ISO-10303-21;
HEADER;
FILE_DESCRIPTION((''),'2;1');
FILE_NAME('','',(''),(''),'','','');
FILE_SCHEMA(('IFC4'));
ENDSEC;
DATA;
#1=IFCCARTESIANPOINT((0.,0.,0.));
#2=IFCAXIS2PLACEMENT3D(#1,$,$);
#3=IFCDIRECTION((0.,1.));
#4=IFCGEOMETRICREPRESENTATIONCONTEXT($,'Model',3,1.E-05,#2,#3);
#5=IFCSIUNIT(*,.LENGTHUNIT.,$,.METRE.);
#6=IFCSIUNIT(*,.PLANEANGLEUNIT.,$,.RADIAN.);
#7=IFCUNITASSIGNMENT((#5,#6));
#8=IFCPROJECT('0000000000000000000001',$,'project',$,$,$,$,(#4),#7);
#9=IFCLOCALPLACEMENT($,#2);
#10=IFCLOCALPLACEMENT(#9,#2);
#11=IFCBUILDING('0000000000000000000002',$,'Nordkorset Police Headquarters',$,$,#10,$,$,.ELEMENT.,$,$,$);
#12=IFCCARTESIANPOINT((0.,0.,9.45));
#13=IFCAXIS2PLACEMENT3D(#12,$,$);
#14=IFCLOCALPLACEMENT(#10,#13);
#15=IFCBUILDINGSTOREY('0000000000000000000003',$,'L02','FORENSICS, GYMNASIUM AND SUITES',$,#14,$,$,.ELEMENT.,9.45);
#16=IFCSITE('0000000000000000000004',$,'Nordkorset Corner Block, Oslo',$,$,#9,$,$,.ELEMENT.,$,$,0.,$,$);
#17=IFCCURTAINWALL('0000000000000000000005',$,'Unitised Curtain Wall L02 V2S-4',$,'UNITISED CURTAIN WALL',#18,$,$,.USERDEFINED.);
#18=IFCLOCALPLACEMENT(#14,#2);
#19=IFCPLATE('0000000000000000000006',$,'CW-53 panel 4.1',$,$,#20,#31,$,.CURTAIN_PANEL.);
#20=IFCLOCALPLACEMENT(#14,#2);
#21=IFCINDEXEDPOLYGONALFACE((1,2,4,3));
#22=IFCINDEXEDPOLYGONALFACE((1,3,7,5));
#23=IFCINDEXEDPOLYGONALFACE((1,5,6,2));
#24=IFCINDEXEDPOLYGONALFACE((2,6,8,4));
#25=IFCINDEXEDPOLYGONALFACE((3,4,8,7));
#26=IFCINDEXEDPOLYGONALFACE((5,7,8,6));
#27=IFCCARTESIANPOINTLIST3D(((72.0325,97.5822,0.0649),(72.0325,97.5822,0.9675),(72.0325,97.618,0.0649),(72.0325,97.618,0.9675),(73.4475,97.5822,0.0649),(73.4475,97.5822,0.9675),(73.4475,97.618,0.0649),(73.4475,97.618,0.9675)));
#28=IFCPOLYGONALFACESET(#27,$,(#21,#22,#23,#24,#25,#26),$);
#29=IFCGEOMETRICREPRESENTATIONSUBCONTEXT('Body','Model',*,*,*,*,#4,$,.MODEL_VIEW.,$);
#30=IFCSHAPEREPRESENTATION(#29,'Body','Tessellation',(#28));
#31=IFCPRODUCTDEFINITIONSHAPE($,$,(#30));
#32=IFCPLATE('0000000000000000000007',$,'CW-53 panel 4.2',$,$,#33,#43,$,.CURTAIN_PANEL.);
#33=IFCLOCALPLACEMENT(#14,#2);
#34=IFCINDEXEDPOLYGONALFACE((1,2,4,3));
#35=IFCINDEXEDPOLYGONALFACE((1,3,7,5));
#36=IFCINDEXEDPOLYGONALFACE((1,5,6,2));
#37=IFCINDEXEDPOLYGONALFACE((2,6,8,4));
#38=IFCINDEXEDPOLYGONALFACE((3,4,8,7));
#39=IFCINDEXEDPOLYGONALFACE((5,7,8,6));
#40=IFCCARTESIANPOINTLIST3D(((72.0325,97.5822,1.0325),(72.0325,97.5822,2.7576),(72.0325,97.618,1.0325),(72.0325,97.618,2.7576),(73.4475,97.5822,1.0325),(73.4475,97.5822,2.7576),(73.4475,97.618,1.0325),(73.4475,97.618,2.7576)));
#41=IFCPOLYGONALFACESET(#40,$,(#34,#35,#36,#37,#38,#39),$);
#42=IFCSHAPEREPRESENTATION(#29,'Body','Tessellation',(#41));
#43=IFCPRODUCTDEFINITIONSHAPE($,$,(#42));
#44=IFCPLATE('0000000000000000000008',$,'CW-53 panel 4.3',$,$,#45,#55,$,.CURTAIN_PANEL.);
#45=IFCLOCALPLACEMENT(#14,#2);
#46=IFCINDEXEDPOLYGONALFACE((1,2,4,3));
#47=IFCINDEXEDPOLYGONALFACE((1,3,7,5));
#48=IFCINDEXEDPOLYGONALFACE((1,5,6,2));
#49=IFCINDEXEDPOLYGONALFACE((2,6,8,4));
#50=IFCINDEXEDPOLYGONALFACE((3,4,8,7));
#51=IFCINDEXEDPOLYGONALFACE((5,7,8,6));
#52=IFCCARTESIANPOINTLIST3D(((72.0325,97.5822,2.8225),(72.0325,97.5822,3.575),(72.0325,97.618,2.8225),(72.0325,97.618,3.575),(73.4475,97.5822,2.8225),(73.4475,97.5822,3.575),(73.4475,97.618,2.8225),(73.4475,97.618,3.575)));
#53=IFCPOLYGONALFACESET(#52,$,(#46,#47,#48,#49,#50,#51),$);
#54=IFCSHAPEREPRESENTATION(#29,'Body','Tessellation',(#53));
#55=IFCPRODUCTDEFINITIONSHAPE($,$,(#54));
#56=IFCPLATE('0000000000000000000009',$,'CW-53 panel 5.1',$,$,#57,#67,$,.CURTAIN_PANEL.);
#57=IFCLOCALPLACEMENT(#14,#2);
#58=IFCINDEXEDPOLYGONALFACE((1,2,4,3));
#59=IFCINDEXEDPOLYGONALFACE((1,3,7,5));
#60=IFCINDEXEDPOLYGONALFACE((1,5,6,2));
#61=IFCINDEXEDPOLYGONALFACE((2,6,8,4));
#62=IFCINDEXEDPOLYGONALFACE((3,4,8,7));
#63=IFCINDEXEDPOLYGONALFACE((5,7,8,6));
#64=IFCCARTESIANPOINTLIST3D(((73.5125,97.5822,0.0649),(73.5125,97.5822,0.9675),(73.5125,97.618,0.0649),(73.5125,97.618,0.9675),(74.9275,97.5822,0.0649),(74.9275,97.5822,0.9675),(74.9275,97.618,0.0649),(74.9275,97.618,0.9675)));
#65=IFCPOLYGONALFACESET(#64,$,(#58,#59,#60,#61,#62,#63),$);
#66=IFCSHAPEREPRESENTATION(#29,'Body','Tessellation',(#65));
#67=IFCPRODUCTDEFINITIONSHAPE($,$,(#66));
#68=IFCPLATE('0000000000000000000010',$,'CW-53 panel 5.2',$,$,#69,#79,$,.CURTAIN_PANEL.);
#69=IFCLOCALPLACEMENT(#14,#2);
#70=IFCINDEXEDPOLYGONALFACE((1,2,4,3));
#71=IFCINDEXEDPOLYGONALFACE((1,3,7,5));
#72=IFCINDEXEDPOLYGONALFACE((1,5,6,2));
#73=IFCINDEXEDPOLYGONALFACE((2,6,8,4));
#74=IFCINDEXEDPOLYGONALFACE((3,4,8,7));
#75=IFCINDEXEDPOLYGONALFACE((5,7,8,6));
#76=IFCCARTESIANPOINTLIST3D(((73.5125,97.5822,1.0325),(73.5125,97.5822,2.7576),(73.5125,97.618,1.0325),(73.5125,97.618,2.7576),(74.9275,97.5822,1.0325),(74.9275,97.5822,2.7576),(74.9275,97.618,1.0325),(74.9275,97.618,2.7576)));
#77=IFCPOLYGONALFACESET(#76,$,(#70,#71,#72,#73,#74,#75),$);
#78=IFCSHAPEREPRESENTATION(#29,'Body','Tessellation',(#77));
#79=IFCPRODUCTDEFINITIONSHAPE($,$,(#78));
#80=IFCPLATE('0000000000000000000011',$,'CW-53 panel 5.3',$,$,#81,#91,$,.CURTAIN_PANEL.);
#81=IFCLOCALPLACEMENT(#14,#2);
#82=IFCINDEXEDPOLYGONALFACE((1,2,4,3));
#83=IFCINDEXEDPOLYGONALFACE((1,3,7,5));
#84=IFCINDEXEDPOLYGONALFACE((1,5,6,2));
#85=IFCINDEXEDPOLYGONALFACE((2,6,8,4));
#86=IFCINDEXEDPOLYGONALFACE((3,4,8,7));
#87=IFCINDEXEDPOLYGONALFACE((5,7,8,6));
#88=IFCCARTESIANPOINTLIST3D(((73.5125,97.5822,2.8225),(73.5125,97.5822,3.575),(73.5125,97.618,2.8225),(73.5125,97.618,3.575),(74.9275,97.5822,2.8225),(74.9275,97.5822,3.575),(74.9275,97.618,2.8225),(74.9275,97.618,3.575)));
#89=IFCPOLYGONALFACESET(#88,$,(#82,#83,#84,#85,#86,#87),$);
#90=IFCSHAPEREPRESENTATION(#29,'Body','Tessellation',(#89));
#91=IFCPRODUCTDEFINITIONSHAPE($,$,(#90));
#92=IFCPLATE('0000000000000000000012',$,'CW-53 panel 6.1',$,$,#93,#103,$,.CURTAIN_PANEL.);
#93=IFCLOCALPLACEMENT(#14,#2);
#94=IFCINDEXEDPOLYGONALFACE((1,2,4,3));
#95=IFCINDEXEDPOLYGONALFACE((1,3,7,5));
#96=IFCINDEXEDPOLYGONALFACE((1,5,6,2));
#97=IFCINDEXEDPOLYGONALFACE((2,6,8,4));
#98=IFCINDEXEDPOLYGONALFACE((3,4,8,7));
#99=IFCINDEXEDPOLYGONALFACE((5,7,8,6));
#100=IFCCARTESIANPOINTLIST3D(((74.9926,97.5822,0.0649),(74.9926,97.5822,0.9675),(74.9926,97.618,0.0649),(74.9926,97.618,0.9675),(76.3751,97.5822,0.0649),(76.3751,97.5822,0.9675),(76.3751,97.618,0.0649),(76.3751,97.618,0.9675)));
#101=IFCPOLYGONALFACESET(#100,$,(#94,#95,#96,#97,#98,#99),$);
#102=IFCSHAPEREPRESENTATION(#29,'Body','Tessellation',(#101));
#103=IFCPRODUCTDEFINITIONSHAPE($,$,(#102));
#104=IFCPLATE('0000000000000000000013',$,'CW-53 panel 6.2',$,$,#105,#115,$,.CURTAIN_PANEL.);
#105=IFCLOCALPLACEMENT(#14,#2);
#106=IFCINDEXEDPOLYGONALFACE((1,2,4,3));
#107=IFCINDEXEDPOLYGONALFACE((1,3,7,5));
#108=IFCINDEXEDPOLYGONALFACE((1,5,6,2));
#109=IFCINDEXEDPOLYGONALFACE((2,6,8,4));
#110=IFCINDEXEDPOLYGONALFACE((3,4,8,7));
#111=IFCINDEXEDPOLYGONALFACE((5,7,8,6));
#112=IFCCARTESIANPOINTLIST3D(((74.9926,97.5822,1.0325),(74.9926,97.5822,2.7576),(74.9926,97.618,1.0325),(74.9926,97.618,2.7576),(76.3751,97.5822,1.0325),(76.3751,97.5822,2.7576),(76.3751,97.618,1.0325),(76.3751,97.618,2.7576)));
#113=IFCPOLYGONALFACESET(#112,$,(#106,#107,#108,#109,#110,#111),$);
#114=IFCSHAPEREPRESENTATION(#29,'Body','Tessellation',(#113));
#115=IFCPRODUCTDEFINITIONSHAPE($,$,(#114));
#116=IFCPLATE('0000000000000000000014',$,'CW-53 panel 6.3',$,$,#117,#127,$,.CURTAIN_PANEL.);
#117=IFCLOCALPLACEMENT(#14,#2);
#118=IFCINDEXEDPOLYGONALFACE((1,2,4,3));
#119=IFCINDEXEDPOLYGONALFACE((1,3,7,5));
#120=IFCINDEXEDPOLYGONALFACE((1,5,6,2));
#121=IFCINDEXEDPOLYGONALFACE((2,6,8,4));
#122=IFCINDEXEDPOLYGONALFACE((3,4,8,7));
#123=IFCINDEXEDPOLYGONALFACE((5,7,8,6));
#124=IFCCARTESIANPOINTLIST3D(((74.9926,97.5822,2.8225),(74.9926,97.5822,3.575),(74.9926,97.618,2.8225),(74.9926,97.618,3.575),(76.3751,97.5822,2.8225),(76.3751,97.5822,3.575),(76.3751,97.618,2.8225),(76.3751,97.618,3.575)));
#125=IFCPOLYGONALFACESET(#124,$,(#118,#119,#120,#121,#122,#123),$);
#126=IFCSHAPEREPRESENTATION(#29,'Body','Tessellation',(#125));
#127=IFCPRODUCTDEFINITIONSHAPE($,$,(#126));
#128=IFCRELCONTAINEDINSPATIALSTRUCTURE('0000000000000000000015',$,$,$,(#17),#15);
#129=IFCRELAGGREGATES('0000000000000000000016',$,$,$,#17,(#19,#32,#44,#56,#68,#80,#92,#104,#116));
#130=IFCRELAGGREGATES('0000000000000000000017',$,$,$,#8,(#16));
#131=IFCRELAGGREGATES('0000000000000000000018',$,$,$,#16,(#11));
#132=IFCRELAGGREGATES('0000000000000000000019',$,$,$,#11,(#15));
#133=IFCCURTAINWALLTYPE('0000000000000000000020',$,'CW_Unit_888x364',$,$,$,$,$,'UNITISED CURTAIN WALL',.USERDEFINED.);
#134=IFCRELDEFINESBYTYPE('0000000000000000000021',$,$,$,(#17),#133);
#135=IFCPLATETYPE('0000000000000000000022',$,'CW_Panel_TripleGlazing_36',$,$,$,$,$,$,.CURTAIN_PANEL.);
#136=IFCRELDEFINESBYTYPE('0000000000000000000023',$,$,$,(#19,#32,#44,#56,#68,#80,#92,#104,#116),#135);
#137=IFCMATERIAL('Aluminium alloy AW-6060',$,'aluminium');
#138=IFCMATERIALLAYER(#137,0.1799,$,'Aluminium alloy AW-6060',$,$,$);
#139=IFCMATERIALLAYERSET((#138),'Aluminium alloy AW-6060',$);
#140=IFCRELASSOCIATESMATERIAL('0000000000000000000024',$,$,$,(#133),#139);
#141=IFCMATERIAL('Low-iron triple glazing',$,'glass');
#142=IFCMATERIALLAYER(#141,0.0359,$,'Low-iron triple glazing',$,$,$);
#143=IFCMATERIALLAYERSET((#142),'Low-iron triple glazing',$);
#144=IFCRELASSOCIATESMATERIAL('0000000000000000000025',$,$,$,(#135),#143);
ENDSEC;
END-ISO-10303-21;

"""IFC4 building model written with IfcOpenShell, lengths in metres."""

from ifc_helpers import new_model, si_unit, direction, frame, origin, origin_2d, place, context, subcontext, project, spatial, rectangle, extrude, material, layer, layer_set, type_object, element, aggregate, save


model = new_model("IFC4")

# Units and contexts
model_context = context("Model", 3, precision=1e-05, world=origin(), true_north=direction((0.0, 1.0)))
body_context = subcontext(model_context, "Body", "Model", "MODEL_VIEW")
ifc_project = project(units=[si_unit("LENGTHUNIT", "METRE"), si_unit("PLANEANGLEUNIT", "RADIAN")], contexts=[model_context])

# Site, building, storey
site_placement = place(None, origin())
site = spatial("IfcSite", under=ifc_project, at=site_placement, Name="Nordkorset Corner Block, Oslo", CompositionType="ELEMENT", RefElevation=0.0)
building_placement = place(site_placement, origin())
building = spatial("IfcBuilding", under=site, at=building_placement, Name="Nordkorset Police Headquarters", CompositionType="ELEMENT")
storey_placement = place(building_placement, frame((0.0, 0.0, 9.45)))
storey = spatial("IfcBuildingStorey", under=building, at=storey_placement, Name="L02", Description="FORENSICS, GYMNASIUM AND SUITES", CompositionType="ELEMENT", Elevation=9.45)

# Curtain wall, plates
ifc_material_1 = material(Name="Aluminium alloy AW-6060", Category="aluminium")
ifc_layer_1 = layer(ifc_material_1, 0.1799, Name="Aluminium alloy AW-6060")
ifc_layer_set_1 = layer_set([ifc_layer_1], Name="Aluminium alloy AW-6060")
curtain_wall_type = type_object("IfcCurtainWallType", Name="CW_Unit_888x364", ElementType="UNITISED CURTAIN WALL", PredefinedType="USERDEFINED", material=ifc_layer_set_1)
curtain_wall_placement = place(storey_placement, origin())
curtain_wall = element("IfcCurtainWall", 1, at=curtain_wall_placement, inside=storey, type_object=curtain_wall_type, Name="Unitised Curtain Wall L02 V2S-4", ObjectType="UNITISED CURTAIN WALL", PredefinedType="USERDEFINED")
ifc_material_2 = material(Name="Low-iron triple glazing", Category="glass")
ifc_layer_2 = layer(ifc_material_2, 0.0359, Name="Low-iron triple glazing")
ifc_layer_set_2 = layer_set([ifc_layer_2], Name="Low-iron triple glazing")
plate_type = type_object("IfcPlateType", Name="CW_Panel_TripleGlazing_36", PredefinedType="CURTAIN_PANEL", material=ifc_layer_set_2)
plate_1_placement = place(storey_placement, frame((72.74, 97.6001, 0.0649), z_axis=(0.0, 0.0, 1.0), x_axis=(1.0, 0.0, 0.0)))
plate_1 = element("IfcPlate", 2, at=plate_1_placement, type_object=plate_type, Name="CW-53 panel 4.1", PredefinedType="CURTAIN_PANEL", context=body_context, shape_type="SweptSolid", body=[
    extrude(rectangle(XDim=1.415, YDim=0.0359, at=origin_2d()), origin(), (0.0, 0.0, 1.0), 0.9026),
])
plate_2_placement = place(storey_placement, frame((72.74, 97.6001, 1.0325), z_axis=(0.0, 0.0, 1.0), x_axis=(1.0, 0.0, 0.0)))
plate_2 = element("IfcPlate", 3, at=plate_2_placement, type_object=plate_type, Name="CW-53 panel 4.2", PredefinedType="CURTAIN_PANEL", context=body_context, shape_type="SweptSolid", body=[
    extrude(rectangle(XDim=1.415, YDim=0.0359, at=origin_2d()), origin(), (0.0, 0.0, 1.0), 1.7251),
])
plate_3_placement = place(storey_placement, frame((72.74, 97.6001, 2.8225), z_axis=(0.0, 0.0, 1.0), x_axis=(1.0, 0.0, 0.0)))
plate_3 = element("IfcPlate", 4, at=plate_3_placement, type_object=plate_type, Name="CW-53 panel 4.3", PredefinedType="CURTAIN_PANEL", context=body_context, shape_type="SweptSolid", body=[
    extrude(rectangle(XDim=1.415, YDim=0.0359, at=origin_2d()), origin(), (0.0, 0.0, 1.0), 0.7524),
])
plate_4_placement = place(storey_placement, frame((74.22, 97.6001, 0.0649), z_axis=(0.0, 0.0, 1.0), x_axis=(1.0, 0.0, 0.0)))
plate_4 = element("IfcPlate", 5, at=plate_4_placement, type_object=plate_type, Name="CW-53 panel 5.1", PredefinedType="CURTAIN_PANEL", context=body_context, shape_type="SweptSolid", body=[
    extrude(rectangle(XDim=1.415, YDim=0.0359, at=origin_2d()), origin(), (0.0, 0.0, 1.0), 0.9026),
])
plate_5_placement = place(storey_placement, frame((74.22, 97.6001, 1.0325), z_axis=(0.0, 0.0, 1.0), x_axis=(1.0, 0.0, 0.0)))
plate_5 = element("IfcPlate", 6, at=plate_5_placement, type_object=plate_type, Name="CW-53 panel 5.2", PredefinedType="CURTAIN_PANEL", context=body_context, shape_type="SweptSolid", body=[
    extrude(rectangle(XDim=1.415, YDim=0.0359, at=origin_2d()), origin(), (0.0, 0.0, 1.0), 1.7251),
])
plate_6_placement = place(storey_placement, frame((74.22, 97.6001, 2.8225), z_axis=(0.0, 0.0, 1.0), x_axis=(1.0, 0.0, 0.0)))
plate_6 = element("IfcPlate", 7, at=plate_6_placement, type_object=plate_type, Name="CW-53 panel 5.3", PredefinedType="CURTAIN_PANEL", context=body_context, shape_type="SweptSolid", body=[
    extrude(rectangle(XDim=1.415, YDim=0.0359, at=origin_2d()), origin(), (0.0, 0.0, 1.0), 0.7524),
])
plate_7_placement = place(storey_placement, frame((75.6838, 97.6001, 0.0649), z_axis=(0.0, 0.0, 1.0), x_axis=(1.0, 0.0, 0.0)))
plate_7 = element("IfcPlate", 8, at=plate_7_placement, type_object=plate_type, Name="CW-53 panel 6.1", PredefinedType="CURTAIN_PANEL", context=body_context, shape_type="SweptSolid", body=[
    extrude(rectangle(XDim=1.3826, YDim=0.0359, at=origin_2d()), origin(), (0.0, 0.0, 1.0), 0.9026),
])
plate_8_placement = place(storey_placement, frame((75.6838, 97.6001, 1.0325), z_axis=(0.0, 0.0, 1.0), x_axis=(1.0, 0.0, 0.0)))
plate_8 = element("IfcPlate", 9, at=plate_8_placement, type_object=plate_type, Name="CW-53 panel 6.2", PredefinedType="CURTAIN_PANEL", context=body_context, shape_type="SweptSolid", body=[
    extrude(rectangle(XDim=1.3826, YDim=0.0359, at=origin_2d()), origin(), (0.0, 0.0, 1.0), 1.7251),
])
plate_9_placement = place(storey_placement, frame((75.6838, 97.6001, 2.8225), z_axis=(0.0, 0.0, 1.0), x_axis=(1.0, 0.0, 0.0)))
plate_9 = element("IfcPlate", 10, at=plate_9_placement, type_object=plate_type, Name="CW-53 panel 6.3", PredefinedType="CURTAIN_PANEL", context=body_context, shape_type="SweptSolid", body=[
    extrude(rectangle(XDim=1.3826, YDim=0.0359, at=origin_2d()), origin(), (0.0, 0.0, 1.0), 0.7524),
])
aggregate(curtain_wall, [plate_1, plate_2, plate_3, plate_4, plate_5, plate_6, plate_7, plate_8, plate_9])

save(model, "model.ifc")
